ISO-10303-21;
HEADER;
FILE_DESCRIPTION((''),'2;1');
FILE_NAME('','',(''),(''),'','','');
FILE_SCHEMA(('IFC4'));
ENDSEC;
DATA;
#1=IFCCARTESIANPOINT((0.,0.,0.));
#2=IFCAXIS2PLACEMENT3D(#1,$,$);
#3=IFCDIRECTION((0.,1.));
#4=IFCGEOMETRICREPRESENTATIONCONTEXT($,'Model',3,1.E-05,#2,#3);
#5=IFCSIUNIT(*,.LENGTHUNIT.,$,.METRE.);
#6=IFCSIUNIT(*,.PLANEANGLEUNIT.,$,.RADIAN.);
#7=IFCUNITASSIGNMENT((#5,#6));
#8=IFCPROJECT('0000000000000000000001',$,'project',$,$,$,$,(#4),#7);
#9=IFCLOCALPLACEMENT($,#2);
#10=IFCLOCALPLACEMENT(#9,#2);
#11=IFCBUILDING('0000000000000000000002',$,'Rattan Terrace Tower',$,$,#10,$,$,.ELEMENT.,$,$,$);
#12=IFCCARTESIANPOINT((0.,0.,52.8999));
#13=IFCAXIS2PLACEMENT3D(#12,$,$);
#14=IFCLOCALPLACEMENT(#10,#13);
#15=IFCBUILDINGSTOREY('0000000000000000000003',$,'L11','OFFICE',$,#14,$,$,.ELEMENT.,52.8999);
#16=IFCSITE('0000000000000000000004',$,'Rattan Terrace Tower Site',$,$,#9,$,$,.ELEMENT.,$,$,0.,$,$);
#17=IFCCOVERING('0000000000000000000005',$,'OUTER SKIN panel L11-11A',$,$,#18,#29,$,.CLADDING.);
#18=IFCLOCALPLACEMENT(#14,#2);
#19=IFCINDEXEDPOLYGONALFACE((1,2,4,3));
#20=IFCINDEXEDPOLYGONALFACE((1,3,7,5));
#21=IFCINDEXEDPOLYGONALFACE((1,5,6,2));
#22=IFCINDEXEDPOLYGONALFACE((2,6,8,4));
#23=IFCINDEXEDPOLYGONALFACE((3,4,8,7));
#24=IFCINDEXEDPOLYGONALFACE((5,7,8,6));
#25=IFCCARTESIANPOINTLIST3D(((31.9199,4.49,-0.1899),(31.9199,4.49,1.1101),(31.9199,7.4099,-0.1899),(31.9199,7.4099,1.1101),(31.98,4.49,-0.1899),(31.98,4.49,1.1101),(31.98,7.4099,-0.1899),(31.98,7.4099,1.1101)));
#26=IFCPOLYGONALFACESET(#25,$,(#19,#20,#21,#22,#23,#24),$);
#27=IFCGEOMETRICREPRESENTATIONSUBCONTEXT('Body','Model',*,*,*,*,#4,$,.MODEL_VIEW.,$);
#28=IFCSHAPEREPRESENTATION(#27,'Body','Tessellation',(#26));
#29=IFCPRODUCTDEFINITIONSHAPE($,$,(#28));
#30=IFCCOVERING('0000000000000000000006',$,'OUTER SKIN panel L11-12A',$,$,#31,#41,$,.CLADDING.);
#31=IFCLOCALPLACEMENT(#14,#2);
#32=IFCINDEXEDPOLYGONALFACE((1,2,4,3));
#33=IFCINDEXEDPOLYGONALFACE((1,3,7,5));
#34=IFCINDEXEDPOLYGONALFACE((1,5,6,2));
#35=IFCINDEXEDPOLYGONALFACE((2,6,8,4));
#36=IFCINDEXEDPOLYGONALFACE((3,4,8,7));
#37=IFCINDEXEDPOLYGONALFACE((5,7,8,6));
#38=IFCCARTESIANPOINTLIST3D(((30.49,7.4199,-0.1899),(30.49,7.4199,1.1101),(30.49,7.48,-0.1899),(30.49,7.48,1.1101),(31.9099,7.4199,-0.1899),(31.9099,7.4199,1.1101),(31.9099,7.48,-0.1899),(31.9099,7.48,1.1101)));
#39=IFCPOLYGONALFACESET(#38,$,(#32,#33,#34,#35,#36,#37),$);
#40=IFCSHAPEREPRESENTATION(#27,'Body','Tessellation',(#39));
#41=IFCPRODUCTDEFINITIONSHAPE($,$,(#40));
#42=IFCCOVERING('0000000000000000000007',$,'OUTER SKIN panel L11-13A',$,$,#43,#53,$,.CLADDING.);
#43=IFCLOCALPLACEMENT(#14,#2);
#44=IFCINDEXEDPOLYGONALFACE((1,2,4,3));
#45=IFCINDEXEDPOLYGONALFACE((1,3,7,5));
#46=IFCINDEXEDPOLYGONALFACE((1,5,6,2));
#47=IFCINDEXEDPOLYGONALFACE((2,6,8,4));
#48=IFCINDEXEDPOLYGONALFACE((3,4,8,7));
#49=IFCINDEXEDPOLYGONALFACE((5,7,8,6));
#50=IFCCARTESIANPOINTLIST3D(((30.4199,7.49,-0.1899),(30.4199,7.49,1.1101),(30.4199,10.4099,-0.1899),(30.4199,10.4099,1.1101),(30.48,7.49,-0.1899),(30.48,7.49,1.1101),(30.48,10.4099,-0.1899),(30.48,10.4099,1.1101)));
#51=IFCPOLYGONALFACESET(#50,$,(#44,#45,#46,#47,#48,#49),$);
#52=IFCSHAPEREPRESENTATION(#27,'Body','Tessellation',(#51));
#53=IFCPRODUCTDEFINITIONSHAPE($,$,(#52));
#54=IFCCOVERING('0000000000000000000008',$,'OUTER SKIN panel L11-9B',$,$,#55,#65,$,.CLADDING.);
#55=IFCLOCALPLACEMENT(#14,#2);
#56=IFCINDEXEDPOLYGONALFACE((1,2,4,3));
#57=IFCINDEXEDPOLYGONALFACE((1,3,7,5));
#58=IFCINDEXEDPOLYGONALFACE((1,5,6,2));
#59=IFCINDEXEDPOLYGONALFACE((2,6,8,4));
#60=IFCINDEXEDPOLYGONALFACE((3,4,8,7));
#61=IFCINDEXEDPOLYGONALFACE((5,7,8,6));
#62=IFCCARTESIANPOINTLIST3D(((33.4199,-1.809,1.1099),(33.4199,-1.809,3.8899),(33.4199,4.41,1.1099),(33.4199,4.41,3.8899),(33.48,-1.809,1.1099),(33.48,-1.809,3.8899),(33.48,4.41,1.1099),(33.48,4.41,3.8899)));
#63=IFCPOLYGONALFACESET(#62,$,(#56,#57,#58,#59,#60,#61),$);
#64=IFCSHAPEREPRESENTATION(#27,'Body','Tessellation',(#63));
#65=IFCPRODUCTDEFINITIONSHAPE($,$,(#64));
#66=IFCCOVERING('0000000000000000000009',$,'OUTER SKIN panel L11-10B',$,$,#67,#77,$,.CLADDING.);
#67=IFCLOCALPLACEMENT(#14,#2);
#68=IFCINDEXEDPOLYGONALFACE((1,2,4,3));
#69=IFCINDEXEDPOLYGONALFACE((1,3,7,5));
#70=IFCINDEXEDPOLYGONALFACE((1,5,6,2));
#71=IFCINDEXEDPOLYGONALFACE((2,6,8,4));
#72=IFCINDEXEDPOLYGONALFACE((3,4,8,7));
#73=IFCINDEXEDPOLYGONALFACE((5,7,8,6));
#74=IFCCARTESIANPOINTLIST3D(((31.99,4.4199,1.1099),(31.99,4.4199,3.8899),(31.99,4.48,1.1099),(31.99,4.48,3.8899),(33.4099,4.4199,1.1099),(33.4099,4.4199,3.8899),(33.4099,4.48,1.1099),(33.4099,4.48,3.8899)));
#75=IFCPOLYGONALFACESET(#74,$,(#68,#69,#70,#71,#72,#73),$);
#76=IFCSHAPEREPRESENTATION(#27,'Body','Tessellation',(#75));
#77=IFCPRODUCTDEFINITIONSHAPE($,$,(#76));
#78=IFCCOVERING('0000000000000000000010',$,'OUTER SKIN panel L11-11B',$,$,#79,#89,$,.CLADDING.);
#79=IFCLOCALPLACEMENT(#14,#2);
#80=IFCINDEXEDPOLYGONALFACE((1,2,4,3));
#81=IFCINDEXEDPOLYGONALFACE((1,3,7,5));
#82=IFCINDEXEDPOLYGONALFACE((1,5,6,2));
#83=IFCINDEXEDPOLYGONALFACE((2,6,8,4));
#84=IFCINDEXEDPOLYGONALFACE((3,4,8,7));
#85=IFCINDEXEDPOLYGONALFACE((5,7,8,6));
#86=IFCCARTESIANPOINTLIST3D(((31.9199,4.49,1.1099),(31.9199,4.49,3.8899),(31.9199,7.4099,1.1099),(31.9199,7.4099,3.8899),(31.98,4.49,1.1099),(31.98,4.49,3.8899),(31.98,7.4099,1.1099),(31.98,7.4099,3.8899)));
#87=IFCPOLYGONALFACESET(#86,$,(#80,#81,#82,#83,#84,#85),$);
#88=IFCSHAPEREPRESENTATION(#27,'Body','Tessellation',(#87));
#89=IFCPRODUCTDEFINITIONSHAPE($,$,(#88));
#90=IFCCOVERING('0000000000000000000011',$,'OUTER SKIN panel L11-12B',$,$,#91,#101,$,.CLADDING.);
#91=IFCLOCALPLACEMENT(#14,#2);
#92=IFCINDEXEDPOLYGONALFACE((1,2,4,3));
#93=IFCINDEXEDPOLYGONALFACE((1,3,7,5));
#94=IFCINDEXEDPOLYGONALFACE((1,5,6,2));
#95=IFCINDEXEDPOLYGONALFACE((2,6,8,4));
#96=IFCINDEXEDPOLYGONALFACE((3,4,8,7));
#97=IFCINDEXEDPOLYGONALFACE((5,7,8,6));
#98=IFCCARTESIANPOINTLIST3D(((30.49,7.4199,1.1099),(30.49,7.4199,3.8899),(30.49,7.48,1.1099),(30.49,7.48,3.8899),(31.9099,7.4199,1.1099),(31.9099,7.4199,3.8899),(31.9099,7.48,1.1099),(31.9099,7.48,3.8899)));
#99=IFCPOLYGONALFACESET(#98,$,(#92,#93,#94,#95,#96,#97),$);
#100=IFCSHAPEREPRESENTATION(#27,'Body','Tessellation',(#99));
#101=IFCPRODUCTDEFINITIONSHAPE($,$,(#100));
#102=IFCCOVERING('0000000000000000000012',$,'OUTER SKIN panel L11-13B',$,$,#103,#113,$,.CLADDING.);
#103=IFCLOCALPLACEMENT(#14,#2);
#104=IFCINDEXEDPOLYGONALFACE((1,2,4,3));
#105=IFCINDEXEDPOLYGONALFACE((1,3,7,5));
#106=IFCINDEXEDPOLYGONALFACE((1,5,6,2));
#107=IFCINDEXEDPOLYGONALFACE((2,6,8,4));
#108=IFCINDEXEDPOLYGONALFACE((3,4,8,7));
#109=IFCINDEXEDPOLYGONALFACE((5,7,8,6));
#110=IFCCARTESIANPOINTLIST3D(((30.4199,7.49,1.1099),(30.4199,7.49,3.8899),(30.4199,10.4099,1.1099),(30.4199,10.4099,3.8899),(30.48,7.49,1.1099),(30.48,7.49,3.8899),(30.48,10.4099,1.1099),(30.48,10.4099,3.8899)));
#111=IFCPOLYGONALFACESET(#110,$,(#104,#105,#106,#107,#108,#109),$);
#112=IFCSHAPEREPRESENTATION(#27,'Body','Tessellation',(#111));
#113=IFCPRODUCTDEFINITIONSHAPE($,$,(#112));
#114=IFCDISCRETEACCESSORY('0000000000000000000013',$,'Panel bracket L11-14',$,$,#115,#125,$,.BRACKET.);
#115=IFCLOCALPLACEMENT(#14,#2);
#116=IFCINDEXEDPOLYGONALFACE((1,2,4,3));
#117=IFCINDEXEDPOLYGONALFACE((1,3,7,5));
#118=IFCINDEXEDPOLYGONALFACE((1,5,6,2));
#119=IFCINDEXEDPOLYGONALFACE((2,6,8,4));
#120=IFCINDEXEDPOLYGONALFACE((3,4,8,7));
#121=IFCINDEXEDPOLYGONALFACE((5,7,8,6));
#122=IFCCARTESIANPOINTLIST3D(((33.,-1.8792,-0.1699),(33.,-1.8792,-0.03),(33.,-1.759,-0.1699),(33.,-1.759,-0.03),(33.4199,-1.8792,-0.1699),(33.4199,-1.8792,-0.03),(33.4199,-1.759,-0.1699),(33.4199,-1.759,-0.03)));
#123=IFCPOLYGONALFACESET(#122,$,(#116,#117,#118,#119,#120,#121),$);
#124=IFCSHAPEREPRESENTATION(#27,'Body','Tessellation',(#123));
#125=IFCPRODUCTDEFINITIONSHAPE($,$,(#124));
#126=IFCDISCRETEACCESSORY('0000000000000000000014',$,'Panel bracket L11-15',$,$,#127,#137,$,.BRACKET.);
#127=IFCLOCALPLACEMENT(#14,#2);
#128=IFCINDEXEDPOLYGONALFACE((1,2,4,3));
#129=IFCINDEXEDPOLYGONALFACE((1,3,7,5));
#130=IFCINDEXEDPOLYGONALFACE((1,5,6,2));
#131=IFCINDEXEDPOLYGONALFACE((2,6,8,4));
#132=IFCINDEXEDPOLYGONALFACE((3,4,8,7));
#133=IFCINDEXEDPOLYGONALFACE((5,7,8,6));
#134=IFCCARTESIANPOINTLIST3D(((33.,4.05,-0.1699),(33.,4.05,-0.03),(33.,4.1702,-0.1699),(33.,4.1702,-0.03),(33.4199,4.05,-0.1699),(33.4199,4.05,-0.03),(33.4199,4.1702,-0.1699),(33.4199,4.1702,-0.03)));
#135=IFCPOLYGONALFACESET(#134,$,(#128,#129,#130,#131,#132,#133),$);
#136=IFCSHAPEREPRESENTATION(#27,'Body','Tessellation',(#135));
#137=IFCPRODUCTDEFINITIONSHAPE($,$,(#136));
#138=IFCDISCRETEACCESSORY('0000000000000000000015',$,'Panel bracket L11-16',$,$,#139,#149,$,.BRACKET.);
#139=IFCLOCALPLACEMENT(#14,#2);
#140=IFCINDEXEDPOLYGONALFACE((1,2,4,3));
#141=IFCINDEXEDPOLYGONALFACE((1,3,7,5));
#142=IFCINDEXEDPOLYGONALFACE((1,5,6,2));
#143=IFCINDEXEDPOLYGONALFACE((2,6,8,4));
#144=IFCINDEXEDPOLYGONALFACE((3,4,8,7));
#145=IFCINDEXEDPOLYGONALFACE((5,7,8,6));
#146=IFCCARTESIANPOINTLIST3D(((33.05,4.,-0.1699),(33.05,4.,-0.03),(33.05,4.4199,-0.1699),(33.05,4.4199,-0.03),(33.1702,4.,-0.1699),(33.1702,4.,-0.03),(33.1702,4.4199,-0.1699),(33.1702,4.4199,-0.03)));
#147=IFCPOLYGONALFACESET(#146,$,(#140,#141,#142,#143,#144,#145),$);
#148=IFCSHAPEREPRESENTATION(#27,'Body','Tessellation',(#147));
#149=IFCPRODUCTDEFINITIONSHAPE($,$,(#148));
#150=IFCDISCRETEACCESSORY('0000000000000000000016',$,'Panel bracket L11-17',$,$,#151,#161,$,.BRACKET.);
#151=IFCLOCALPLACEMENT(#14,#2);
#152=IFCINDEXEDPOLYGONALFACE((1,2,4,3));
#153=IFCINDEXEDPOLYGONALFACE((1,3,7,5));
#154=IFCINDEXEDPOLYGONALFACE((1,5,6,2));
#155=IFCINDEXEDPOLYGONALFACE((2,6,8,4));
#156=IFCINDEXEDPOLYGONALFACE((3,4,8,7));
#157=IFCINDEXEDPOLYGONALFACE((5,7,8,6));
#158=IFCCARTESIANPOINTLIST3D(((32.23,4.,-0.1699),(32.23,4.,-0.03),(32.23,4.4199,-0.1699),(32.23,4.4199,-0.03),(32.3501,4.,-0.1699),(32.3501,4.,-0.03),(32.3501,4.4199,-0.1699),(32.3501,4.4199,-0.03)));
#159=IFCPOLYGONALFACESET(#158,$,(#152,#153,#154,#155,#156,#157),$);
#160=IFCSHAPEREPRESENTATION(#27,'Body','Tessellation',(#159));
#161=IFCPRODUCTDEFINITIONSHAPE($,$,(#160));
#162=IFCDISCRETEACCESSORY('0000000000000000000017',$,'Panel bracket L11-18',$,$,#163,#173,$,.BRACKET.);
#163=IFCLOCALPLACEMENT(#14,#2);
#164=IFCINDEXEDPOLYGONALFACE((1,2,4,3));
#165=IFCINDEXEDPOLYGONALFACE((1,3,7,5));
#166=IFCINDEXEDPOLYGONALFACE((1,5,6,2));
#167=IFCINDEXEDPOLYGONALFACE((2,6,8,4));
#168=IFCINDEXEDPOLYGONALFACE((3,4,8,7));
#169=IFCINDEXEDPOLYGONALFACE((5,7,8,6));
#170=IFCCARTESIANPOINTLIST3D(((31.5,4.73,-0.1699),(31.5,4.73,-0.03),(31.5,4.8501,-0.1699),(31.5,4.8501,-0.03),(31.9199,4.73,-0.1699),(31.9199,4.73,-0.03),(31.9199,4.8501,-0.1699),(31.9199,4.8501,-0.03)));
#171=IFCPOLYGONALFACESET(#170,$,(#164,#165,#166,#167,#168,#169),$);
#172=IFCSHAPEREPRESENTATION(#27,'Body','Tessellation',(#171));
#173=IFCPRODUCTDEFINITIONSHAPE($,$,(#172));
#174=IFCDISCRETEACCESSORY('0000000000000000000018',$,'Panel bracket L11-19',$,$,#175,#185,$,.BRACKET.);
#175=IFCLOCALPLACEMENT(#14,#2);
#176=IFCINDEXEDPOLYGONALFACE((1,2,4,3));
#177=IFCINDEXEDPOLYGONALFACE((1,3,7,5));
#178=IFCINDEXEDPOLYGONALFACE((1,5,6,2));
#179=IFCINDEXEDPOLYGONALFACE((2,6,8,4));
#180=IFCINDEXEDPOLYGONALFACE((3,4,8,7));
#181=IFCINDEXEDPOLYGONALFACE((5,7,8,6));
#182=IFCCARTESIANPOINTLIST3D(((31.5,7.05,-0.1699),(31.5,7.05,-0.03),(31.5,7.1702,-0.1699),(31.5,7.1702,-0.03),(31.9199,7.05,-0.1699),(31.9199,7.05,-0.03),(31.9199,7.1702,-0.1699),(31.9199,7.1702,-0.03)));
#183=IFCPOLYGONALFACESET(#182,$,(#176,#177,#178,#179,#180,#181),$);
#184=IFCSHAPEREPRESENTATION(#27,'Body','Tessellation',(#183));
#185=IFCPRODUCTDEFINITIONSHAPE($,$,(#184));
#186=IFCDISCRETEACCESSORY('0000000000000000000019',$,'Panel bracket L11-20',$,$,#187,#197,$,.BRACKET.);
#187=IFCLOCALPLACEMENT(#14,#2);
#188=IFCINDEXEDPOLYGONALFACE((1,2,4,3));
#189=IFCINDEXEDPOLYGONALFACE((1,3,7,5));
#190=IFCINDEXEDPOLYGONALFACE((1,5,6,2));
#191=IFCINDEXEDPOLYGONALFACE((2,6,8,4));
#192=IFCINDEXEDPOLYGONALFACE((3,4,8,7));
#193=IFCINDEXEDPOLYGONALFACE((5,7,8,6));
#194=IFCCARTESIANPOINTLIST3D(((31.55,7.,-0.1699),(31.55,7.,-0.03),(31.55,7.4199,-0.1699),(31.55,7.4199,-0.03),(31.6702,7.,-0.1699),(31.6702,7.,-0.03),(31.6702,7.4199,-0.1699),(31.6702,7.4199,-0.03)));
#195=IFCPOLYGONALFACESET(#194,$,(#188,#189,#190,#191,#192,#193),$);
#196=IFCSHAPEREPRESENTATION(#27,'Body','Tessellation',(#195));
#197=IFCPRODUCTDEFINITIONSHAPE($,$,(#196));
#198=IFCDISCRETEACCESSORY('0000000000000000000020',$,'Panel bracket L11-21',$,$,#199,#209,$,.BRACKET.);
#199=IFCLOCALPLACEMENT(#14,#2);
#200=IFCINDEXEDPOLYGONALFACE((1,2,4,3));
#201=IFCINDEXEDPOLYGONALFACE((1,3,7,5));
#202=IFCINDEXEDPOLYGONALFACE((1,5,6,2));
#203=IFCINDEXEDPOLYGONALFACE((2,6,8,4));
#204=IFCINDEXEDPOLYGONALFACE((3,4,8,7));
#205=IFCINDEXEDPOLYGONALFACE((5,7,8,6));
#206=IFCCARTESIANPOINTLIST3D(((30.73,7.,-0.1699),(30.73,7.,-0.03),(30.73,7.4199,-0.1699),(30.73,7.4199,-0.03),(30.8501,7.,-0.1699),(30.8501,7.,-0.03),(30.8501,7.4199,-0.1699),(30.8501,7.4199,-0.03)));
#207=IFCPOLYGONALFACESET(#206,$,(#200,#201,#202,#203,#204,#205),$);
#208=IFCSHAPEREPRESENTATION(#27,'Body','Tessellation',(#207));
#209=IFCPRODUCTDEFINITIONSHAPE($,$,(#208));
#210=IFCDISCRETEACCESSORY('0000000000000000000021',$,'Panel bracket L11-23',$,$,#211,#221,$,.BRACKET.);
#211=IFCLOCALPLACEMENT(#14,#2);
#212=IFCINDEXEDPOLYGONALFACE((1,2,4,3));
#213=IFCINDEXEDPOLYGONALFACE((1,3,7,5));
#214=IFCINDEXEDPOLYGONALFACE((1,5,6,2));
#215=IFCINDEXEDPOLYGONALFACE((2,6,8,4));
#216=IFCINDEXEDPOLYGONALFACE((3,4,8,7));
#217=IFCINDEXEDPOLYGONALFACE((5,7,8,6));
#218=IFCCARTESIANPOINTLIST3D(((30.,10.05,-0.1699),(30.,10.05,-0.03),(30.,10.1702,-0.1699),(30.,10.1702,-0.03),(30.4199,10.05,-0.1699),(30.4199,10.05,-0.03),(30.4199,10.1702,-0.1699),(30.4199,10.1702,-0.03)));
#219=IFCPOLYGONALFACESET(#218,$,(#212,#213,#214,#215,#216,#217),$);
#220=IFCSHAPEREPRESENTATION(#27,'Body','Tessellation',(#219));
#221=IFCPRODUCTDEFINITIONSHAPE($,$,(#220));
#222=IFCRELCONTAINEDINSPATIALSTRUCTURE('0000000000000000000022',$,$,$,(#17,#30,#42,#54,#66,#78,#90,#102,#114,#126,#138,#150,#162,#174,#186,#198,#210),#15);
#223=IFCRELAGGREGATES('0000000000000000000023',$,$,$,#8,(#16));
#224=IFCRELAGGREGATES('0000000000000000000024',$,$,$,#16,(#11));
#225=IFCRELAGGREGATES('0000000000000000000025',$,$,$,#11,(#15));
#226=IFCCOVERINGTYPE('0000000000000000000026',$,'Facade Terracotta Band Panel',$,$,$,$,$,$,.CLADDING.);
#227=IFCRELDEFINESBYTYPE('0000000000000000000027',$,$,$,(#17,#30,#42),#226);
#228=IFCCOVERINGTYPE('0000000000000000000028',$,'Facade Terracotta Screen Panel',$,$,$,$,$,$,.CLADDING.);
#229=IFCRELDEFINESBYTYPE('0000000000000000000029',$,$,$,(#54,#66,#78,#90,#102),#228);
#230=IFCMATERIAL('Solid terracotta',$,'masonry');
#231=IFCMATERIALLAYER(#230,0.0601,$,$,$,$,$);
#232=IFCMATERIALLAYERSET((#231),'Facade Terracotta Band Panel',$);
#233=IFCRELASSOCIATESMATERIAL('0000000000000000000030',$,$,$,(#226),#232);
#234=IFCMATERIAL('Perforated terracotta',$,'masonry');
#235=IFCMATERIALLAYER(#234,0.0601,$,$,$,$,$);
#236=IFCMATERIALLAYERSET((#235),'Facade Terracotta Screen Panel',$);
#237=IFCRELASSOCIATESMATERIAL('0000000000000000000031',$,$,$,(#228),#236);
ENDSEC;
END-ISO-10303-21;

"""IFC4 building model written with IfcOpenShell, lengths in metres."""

from ifc_helpers import new_model, si_unit, direction, frame, origin, origin_2d, place, context, subcontext, project, spatial, rectangle, extrude, material, layer, layer_set, type_object, element, save


model = new_model("IFC4")

# Units and contexts
model_context = context("Model", 3, precision=1e-05, world=origin(), true_north=direction((0.0, 1.0)))
body_context = subcontext(model_context, "Body", "Model", "MODEL_VIEW")
ifc_project = project(units=[si_unit("LENGTHUNIT", "METRE"), si_unit("PLANEANGLEUNIT", "RADIAN")], contexts=[model_context])

# Site, building, storey
site_placement = place(None, origin())
site = spatial("IfcSite", under=ifc_project, at=site_placement, Name="Rattan Terrace Tower Site", CompositionType="ELEMENT", RefElevation=0.0)
building_placement = place(site_placement, origin())
building = spatial("IfcBuilding", under=site, at=building_placement, Name="Rattan Terrace Tower", CompositionType="ELEMENT")
storey_placement = place(building_placement, frame((0.0, 0.0, 52.8999)))
storey = spatial("IfcBuildingStorey", under=building, at=storey_placement, Name="L11", Description="OFFICE", CompositionType="ELEMENT", Elevation=52.8999)

# Coverings
ifc_material_1 = material(Name="Solid terracotta", Category="masonry")
ifc_layer_1 = layer(ifc_material_1, 0.0601)
ifc_layer_set_1 = layer_set([ifc_layer_1], Name="Facade Terracotta Band Panel")
covering_type_1 = type_object("IfcCoveringType", Name="Facade Terracotta Band Panel", PredefinedType="CLADDING", material=ifc_layer_set_1)
covering_1_placement = place(storey_placement, frame((31.95, 5.95, -0.1899), z_axis=(0.0, 0.0, 1.0), x_axis=(0.0, 1.0, 0.0)))
element("IfcCovering", 1, at=covering_1_placement, inside=storey, type_object=covering_type_1, Name="OUTER SKIN panel L11-11A", PredefinedType="CLADDING", context=body_context, shape_type="SweptSolid", body=[
    extrude(rectangle(XDim=2.9199, YDim=0.0601, at=origin_2d()), origin(), (0.0, 0.0, 1.0), 1.3),
])
covering_2_placement = place(storey_placement, frame((31.2, 7.45, -0.1899), z_axis=(0.0, 0.0, 1.0), x_axis=(-1.0, 0.0, 0.0)))
element("IfcCovering", 2, at=covering_2_placement, inside=storey, type_object=covering_type_1, Name="OUTER SKIN panel L11-12A", PredefinedType="CLADDING", context=body_context, shape_type="SweptSolid", body=[
    extrude(rectangle(XDim=1.4199, YDim=0.0601, at=origin_2d()), origin(), (0.0, 0.0, 1.0), 1.3),
])
covering_3_placement = place(storey_placement, frame((30.45, 8.95, -0.1899), z_axis=(0.0, 0.0, 1.0), x_axis=(0.0, 1.0, 0.0)))
element("IfcCovering", 3, at=covering_3_placement, inside=storey, type_object=covering_type_1, Name="OUTER SKIN panel L11-13A", PredefinedType="CLADDING", context=body_context, shape_type="SweptSolid", body=[
    extrude(rectangle(XDim=2.9199, YDim=0.0601, at=origin_2d()), origin(), (0.0, 0.0, 1.0), 1.3),
])
ifc_material_2 = material(Name="Perforated terracotta", Category="masonry")
ifc_layer_2 = layer(ifc_material_2, 0.0601)
ifc_layer_set_2 = layer_set([ifc_layer_2], Name="Facade Terracotta Screen Panel")
covering_type_2 = type_object("IfcCoveringType", Name="Facade Terracotta Screen Panel", PredefinedType="CLADDING", material=ifc_layer_set_2)
covering_4_placement = place(storey_placement, frame((33.45, 1.3005, 1.1099), z_axis=(0.0, 0.0, 1.0), x_axis=(0.0, 1.0, 0.0)))
element("IfcCovering", 4, at=covering_4_placement, inside=storey, type_object=covering_type_2, Name="OUTER SKIN panel L11-9B", PredefinedType="CLADDING", context=body_context, shape_type="SweptSolid", body=[
    extrude(rectangle(XDim=6.219, YDim=0.0601, at=origin_2d()), origin(), (0.0, 0.0, 1.0), 2.78),
])
covering_5_placement = place(storey_placement, frame((32.7, 4.45, 1.1099), z_axis=(0.0, 0.0, 1.0), x_axis=(-1.0, 0.0, 0.0)))
element("IfcCovering", 5, at=covering_5_placement, inside=storey, type_object=covering_type_2, Name="OUTER SKIN panel L11-10B", PredefinedType="CLADDING", context=body_context, shape_type="SweptSolid", body=[
    extrude(rectangle(XDim=1.4199, YDim=0.0601, at=origin_2d()), origin(), (0.0, 0.0, 1.0), 2.78),
])
covering_6_placement = place(storey_placement, frame((31.95, 5.95, 1.1099), z_axis=(0.0, 0.0, 1.0), x_axis=(0.0, 1.0, 0.0)))
element("IfcCovering", 6, at=covering_6_placement, inside=storey, type_object=covering_type_2, Name="OUTER SKIN panel L11-11B", PredefinedType="CLADDING", context=body_context, shape_type="SweptSolid", body=[
    extrude(rectangle(XDim=2.9199, YDim=0.0601, at=origin_2d()), origin(), (0.0, 0.0, 1.0), 2.78),
])
covering_7_placement = place(storey_placement, frame((31.2, 7.45, 1.1099), z_axis=(0.0, 0.0, 1.0), x_axis=(-1.0, 0.0, 0.0)))
element("IfcCovering", 7, at=covering_7_placement, inside=storey, type_object=covering_type_2, Name="OUTER SKIN panel L11-12B", PredefinedType="CLADDING", context=body_context, shape_type="SweptSolid", body=[
    extrude(rectangle(XDim=1.4199, YDim=0.0601, at=origin_2d()), origin(), (0.0, 0.0, 1.0), 2.78),
])
covering_8_placement = place(storey_placement, frame((30.45, 8.95, 1.1099), z_axis=(0.0, 0.0, 1.0), x_axis=(0.0, 1.0, 0.0)))
element("IfcCovering", 8, at=covering_8_placement, inside=storey, type_object=covering_type_2, Name="OUTER SKIN panel L11-13B", PredefinedType="CLADDING", context=body_context, shape_type="SweptSolid", body=[
    extrude(rectangle(XDim=2.9199, YDim=0.0601, at=origin_2d()), origin(), (0.0, 0.0, 1.0), 2.78),
])

# Discrete accessories
for number, where, z_axis, x_axis, name in (
    (9, (33.21, -1.8191, -0.1699), (0.0, 0.0, 1.0), (0.0, 1.0, 0.0), "Panel bracket L11-14"),
    (10, (33.21, 4.1101, -0.1699), (0.0, 0.0, 1.0), (0.0, 1.0, 0.0), "Panel bracket L11-15"),
    (11, (33.1101, 4.21, -0.1699), (0.0, 0.0, 1.0), (-1.0, 0.0, 0.0), "Panel bracket L11-16"),
    (12, (32.29, 4.21, -0.1699), (0.0, 0.0, 1.0), (-1.0, 0.0, 0.0), "Panel bracket L11-17"),
    (13, (31.71, 4.79, -0.1699), (0.0, 0.0, 1.0), (0.0, 1.0, 0.0), "Panel bracket L11-18"),
    (14, (31.71, 7.1101, -0.1699), (0.0, 0.0, 1.0), (0.0, 1.0, 0.0), "Panel bracket L11-19"),
    (15, (31.6101, 7.21, -0.1699), (0.0, 0.0, 1.0), (-1.0, 0.0, 0.0), "Panel bracket L11-20"),
    (16, (30.79, 7.21, -0.1699), (0.0, 0.0, 1.0), (-1.0, 0.0, 0.0), "Panel bracket L11-21"),
    (17, (30.21, 10.1101, -0.1699), (0.0, 0.0, 1.0), (0.0, 1.0, 0.0), "Panel bracket L11-23"),
):
    element("IfcDiscreteAccessory", number, at=place(storey_placement, frame(where, z_axis=z_axis, x_axis=x_axis)), inside=storey, Name=name, PredefinedType="BRACKET", context=body_context, shape_type="SweptSolid", body=[
        extrude(rectangle(XDim=0.1201, YDim=0.4199, at=origin_2d()), origin(), (0.0, 0.0, 1.0), 0.1399),
    ])

save(model, "model.ifc")
